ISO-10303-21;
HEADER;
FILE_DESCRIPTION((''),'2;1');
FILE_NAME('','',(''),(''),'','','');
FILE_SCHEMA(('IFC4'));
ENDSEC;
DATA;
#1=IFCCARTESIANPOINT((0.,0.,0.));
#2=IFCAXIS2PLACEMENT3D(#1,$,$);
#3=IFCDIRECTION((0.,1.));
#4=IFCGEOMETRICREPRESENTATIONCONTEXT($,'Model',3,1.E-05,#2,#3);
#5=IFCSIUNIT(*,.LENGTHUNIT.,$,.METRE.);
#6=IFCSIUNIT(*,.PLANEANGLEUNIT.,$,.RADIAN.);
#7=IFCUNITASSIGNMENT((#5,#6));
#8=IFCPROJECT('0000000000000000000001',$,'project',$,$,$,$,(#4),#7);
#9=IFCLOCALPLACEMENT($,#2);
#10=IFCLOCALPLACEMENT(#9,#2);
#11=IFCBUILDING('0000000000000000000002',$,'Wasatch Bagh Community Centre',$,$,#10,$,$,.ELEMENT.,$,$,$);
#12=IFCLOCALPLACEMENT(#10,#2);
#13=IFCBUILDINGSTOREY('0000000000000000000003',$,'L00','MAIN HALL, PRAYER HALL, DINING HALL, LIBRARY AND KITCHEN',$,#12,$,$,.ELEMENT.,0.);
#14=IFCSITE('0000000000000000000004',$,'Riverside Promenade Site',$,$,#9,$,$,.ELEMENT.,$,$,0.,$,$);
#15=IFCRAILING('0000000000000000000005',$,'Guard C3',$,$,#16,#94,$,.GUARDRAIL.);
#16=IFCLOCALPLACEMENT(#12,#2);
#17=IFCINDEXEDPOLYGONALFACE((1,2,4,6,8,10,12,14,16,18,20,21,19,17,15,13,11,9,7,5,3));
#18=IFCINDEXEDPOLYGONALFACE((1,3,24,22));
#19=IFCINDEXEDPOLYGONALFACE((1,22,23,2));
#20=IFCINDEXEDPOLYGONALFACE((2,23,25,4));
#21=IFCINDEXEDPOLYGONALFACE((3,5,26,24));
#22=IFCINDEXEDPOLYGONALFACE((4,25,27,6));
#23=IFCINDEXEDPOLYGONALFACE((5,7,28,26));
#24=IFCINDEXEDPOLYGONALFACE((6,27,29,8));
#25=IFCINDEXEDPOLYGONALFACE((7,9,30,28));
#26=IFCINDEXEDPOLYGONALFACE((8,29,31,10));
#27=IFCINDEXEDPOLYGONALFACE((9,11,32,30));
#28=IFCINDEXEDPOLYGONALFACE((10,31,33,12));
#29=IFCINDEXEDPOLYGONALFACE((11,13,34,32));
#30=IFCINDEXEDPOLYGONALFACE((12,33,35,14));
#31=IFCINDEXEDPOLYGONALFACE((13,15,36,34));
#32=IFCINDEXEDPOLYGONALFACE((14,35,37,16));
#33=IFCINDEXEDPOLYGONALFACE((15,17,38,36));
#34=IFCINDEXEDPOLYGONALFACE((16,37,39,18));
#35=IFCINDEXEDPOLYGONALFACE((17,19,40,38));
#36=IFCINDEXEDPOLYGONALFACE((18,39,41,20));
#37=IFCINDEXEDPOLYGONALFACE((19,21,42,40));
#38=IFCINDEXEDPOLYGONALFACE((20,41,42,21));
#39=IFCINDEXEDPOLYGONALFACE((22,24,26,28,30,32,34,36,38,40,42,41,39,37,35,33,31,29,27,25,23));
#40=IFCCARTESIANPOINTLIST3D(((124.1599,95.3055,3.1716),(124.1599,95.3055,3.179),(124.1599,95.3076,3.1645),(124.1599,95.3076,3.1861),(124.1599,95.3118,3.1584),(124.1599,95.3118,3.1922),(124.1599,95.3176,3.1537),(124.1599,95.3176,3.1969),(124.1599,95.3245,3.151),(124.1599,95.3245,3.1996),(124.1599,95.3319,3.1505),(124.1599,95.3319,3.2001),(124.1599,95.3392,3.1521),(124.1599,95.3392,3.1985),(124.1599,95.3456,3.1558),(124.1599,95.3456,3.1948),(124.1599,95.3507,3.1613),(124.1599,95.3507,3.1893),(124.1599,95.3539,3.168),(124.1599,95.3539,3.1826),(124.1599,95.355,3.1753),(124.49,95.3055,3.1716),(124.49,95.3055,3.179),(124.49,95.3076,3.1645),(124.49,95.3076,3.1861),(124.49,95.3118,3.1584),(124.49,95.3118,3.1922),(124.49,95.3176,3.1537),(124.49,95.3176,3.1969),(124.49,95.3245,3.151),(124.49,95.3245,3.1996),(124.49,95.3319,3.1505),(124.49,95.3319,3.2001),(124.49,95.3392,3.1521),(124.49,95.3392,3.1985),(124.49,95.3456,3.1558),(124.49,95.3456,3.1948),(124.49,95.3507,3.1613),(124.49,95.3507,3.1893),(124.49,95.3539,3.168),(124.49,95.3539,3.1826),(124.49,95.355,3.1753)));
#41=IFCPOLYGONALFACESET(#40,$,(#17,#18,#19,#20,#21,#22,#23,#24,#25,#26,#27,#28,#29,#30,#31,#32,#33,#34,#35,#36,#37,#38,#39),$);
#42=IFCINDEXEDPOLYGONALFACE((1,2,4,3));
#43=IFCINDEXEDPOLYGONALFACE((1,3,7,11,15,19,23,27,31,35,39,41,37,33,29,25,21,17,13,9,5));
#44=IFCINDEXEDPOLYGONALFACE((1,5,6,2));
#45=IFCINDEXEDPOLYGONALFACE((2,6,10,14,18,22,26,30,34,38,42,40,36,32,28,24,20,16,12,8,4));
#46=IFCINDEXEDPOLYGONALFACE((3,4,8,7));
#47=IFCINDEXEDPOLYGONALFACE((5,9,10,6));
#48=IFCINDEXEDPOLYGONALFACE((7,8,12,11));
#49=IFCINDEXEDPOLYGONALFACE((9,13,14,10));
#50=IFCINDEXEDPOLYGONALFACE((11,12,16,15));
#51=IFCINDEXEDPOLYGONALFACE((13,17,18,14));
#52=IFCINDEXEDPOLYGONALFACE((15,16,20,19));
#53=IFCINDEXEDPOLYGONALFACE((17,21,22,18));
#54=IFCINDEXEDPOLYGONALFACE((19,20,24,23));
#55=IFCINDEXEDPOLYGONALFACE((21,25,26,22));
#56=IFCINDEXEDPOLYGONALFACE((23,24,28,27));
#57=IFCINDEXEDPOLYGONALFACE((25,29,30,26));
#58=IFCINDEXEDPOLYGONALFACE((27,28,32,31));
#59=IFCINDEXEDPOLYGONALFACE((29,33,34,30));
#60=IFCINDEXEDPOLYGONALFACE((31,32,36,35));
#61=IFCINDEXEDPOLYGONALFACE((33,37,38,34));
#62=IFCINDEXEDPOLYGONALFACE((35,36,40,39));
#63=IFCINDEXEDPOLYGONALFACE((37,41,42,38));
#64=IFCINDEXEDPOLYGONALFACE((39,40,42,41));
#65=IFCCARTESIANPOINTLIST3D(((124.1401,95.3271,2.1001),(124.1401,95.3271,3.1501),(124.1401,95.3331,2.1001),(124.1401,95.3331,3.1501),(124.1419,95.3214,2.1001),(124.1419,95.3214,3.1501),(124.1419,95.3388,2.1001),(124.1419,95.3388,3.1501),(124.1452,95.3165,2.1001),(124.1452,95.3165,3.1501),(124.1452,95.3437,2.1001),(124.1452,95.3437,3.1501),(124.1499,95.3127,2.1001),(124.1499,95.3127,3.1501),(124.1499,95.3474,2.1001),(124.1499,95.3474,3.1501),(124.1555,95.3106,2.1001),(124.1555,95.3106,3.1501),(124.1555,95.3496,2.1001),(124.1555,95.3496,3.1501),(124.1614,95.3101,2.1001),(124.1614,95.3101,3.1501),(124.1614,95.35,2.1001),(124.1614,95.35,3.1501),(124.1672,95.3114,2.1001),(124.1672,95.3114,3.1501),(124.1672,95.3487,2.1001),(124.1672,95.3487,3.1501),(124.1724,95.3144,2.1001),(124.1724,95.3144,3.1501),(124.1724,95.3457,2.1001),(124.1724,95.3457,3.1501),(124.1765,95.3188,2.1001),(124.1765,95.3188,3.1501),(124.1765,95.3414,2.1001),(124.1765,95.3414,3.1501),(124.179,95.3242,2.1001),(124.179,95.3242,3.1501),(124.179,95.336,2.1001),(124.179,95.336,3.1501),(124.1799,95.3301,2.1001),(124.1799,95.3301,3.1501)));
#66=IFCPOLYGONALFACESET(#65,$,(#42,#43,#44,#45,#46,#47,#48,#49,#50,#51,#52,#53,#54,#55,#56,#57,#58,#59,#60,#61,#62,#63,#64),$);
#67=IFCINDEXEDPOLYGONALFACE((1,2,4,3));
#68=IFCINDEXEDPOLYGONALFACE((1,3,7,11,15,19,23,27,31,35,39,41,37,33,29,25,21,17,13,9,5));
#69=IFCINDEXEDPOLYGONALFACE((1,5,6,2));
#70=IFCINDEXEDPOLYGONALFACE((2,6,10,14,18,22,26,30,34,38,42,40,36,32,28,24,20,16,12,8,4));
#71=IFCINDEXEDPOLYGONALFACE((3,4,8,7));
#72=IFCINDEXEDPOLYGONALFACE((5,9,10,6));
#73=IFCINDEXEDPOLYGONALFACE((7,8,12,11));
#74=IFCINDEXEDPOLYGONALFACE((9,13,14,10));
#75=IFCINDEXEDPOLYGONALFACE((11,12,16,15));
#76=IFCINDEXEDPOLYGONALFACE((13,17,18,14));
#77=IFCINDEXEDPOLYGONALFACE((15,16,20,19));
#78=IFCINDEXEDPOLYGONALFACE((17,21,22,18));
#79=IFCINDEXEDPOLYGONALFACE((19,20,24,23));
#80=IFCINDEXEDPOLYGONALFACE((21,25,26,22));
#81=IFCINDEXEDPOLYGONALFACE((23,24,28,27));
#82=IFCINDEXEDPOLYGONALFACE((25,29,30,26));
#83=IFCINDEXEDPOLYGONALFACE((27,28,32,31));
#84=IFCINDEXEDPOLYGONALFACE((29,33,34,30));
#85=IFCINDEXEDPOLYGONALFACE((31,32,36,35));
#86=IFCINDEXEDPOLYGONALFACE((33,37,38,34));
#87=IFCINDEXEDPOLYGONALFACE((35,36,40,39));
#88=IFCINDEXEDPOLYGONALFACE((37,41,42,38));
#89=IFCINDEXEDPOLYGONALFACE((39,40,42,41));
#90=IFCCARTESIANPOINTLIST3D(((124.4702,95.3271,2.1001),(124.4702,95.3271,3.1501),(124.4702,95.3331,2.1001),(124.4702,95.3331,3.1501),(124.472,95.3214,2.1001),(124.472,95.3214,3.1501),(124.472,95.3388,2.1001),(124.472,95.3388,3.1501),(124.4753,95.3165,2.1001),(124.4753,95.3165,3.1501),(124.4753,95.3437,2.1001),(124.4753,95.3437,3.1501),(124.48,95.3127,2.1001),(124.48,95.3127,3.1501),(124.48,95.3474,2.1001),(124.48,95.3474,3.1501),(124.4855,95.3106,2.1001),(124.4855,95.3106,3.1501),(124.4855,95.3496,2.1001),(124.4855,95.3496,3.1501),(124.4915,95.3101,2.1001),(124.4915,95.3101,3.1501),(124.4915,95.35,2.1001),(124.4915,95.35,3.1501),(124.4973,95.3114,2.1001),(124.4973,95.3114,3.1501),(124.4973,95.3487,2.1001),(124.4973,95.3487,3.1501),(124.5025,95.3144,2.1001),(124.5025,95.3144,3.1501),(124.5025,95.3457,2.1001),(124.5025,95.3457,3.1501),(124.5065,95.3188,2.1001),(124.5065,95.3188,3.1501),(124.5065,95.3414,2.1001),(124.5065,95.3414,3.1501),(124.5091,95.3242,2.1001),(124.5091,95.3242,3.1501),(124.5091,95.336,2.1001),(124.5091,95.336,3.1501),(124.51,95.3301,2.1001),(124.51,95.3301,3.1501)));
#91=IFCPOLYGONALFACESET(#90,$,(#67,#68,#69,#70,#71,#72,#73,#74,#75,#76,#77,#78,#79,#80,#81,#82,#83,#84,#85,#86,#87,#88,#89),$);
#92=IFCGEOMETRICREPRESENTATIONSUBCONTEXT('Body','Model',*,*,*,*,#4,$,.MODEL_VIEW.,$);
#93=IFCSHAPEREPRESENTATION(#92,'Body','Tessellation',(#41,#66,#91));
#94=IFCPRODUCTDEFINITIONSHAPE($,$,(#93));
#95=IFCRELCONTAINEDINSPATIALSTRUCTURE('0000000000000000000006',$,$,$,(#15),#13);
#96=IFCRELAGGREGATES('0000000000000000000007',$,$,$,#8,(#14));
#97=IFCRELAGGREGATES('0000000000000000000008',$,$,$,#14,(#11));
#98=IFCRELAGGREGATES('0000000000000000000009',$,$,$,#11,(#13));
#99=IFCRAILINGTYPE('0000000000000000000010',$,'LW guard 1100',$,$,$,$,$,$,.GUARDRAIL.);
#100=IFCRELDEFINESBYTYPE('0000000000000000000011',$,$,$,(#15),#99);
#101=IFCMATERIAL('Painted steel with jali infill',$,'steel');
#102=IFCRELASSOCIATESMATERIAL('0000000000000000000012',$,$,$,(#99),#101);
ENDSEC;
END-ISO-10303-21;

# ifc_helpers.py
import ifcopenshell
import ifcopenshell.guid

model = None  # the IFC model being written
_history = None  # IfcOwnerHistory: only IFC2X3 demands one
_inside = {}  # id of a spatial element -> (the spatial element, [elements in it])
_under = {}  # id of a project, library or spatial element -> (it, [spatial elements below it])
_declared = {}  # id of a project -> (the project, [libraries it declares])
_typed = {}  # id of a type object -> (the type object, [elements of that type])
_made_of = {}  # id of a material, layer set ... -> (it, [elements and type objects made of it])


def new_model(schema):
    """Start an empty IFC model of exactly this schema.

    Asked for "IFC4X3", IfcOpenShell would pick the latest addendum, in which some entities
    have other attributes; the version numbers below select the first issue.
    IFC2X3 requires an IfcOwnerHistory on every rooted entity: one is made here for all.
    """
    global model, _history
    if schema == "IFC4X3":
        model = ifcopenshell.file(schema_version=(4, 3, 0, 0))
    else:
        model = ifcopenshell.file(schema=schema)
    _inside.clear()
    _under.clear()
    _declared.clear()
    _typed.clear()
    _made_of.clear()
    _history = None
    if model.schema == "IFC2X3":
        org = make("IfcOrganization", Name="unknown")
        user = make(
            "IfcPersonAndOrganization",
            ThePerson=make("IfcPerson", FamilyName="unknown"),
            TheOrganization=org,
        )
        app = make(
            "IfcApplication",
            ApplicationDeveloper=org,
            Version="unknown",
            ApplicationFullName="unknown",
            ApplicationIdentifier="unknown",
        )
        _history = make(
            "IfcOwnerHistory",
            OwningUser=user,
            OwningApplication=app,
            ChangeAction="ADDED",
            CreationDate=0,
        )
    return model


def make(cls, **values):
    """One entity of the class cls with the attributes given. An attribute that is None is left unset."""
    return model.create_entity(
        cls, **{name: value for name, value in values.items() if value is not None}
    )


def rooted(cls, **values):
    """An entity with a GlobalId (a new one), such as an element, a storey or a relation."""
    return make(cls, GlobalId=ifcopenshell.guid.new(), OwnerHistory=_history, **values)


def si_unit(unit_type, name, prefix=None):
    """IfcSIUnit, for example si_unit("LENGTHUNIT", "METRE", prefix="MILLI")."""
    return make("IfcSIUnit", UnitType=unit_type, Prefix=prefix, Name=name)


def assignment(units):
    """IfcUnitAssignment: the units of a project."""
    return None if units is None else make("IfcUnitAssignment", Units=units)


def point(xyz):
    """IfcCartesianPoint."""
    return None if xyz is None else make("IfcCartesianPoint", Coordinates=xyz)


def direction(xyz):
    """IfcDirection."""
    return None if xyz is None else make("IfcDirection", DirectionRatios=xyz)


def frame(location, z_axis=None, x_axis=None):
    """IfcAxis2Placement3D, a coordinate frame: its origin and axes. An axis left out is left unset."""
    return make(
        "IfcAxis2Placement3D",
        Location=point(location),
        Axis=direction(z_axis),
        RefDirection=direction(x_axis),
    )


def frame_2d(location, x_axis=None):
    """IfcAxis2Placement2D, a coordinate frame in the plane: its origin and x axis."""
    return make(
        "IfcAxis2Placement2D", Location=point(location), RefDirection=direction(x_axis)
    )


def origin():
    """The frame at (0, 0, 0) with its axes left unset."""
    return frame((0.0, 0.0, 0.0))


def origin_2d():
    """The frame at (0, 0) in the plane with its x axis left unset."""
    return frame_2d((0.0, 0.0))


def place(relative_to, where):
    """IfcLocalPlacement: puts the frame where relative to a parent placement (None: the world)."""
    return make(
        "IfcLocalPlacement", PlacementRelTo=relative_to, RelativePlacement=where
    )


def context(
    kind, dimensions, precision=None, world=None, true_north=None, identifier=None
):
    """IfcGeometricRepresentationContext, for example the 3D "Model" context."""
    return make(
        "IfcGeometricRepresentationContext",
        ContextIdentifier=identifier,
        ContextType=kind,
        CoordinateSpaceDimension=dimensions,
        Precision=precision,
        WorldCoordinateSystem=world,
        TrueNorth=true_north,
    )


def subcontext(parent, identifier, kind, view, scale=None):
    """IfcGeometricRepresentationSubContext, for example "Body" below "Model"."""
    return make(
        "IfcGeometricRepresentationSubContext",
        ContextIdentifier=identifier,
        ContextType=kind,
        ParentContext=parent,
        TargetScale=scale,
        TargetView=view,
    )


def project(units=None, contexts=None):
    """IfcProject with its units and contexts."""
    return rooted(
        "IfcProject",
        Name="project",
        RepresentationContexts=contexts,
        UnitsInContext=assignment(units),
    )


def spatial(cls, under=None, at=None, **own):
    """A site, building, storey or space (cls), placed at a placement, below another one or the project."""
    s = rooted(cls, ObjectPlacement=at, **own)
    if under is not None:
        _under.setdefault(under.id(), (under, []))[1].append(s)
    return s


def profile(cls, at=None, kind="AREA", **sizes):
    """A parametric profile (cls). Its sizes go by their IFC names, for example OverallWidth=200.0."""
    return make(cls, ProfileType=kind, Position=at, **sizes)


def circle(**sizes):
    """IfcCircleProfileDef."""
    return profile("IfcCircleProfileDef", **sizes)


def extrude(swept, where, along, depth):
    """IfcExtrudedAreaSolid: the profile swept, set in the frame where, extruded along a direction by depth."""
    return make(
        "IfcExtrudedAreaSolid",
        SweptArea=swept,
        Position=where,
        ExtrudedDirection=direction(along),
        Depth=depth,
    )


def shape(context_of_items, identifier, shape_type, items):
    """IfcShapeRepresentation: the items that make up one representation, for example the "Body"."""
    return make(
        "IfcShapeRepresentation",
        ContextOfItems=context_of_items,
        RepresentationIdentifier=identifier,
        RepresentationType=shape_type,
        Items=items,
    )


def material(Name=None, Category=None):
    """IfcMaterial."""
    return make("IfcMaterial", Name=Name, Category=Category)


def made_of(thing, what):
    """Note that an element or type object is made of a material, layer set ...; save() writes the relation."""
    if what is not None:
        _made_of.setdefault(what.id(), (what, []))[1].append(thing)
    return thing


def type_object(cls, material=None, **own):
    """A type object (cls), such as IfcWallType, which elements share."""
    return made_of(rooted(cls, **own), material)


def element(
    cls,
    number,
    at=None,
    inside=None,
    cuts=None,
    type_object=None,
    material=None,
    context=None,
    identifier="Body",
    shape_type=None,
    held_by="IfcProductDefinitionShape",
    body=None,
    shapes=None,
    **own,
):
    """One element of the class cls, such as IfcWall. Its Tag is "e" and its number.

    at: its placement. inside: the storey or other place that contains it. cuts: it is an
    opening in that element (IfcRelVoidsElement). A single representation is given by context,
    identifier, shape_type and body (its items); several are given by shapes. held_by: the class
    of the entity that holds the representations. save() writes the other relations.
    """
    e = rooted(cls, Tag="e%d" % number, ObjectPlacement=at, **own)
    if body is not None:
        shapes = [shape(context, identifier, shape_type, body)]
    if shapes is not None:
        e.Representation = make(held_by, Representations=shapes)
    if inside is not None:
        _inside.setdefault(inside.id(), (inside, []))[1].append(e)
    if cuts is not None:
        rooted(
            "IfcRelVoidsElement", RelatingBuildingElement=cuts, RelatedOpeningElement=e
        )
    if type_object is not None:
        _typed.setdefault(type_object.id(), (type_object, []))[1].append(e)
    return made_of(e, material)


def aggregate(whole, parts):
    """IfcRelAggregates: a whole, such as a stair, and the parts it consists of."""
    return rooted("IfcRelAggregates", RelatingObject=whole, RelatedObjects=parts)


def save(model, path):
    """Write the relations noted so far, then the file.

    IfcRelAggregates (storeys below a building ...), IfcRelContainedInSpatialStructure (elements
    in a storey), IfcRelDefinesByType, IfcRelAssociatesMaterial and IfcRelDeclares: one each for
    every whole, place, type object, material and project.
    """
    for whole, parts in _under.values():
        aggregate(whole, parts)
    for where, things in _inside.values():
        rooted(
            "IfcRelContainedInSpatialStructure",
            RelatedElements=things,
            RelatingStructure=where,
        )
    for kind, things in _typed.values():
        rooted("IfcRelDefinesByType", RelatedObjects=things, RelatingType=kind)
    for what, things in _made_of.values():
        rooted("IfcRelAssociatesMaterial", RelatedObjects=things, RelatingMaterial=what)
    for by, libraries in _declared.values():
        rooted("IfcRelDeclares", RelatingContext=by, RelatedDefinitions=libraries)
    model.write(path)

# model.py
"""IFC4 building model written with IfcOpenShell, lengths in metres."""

from ifc_helpers import new_model, si_unit, direction, frame, origin, origin_2d, place, context, subcontext, project, spatial, circle, extrude, material, type_object, element, save


model = new_model("IFC4")

# Units and contexts
model_context = context("Model", 3, precision=1e-05, world=origin(), true_north=direction((0.0, 1.0)))
body_context = subcontext(model_context, "Body", "Model", "MODEL_VIEW")
ifc_project = project(units=[si_unit("LENGTHUNIT", "METRE"), si_unit("PLANEANGLEUNIT", "RADIAN")], contexts=[model_context])

# Site, building, storey
site_placement = place(None, origin())
site = spatial("IfcSite", under=ifc_project, at=site_placement, Name="Riverside Promenade Site", CompositionType="ELEMENT", RefElevation=0.0)
building_placement = place(site_placement, origin())
building = spatial("IfcBuilding", under=site, at=building_placement, Name="Wasatch Bagh Community Centre", CompositionType="ELEMENT")
storey_placement = place(building_placement, origin())
storey = spatial("IfcBuildingStorey", under=building, at=storey_placement, Name="L00", Description="MAIN HALL, PRAYER HALL, DINING HALL, LIBRARY AND KITCHEN", CompositionType="ELEMENT", Elevation=0.0)

# Railing
ifc_material_1 = material(Name="Painted steel with jali infill", Category="steel")
railing_type_1 = type_object("IfcRailingType", Name="LW guard 1100", PredefinedType="GUARDRAIL", material=ifc_material_1)
railing_1_placement = place(storey_placement, frame((124.1599, 95.3301, 2.1001)))
element("IfcRailing", 1, at=railing_1_placement, inside=storey, type_object=railing_type_1, Name="Guard C3", PredefinedType="GUARDRAIL", context=body_context, shape_type="SweptSolid", body=[
    extrude(circle(Radius=0.0249, at=origin_2d()), frame((0.0, 0.0, 1.0752), z_axis=(1.0, 0.0, 0.0), x_axis=(0.0, 1.0, 0.0)), (0.0, 0.0, 1.0), 0.3301),
    extrude(circle(Radius=0.02, at=origin_2d()), origin(), (0.0, 0.0, 1.0), 1.05),
    extrude(circle(Radius=0.02, at=origin_2d()), frame((0.3301, 0.0, 0.0)), (0.0, 0.0, 1.0), 1.05),
])

save(model, "model.ifc")
